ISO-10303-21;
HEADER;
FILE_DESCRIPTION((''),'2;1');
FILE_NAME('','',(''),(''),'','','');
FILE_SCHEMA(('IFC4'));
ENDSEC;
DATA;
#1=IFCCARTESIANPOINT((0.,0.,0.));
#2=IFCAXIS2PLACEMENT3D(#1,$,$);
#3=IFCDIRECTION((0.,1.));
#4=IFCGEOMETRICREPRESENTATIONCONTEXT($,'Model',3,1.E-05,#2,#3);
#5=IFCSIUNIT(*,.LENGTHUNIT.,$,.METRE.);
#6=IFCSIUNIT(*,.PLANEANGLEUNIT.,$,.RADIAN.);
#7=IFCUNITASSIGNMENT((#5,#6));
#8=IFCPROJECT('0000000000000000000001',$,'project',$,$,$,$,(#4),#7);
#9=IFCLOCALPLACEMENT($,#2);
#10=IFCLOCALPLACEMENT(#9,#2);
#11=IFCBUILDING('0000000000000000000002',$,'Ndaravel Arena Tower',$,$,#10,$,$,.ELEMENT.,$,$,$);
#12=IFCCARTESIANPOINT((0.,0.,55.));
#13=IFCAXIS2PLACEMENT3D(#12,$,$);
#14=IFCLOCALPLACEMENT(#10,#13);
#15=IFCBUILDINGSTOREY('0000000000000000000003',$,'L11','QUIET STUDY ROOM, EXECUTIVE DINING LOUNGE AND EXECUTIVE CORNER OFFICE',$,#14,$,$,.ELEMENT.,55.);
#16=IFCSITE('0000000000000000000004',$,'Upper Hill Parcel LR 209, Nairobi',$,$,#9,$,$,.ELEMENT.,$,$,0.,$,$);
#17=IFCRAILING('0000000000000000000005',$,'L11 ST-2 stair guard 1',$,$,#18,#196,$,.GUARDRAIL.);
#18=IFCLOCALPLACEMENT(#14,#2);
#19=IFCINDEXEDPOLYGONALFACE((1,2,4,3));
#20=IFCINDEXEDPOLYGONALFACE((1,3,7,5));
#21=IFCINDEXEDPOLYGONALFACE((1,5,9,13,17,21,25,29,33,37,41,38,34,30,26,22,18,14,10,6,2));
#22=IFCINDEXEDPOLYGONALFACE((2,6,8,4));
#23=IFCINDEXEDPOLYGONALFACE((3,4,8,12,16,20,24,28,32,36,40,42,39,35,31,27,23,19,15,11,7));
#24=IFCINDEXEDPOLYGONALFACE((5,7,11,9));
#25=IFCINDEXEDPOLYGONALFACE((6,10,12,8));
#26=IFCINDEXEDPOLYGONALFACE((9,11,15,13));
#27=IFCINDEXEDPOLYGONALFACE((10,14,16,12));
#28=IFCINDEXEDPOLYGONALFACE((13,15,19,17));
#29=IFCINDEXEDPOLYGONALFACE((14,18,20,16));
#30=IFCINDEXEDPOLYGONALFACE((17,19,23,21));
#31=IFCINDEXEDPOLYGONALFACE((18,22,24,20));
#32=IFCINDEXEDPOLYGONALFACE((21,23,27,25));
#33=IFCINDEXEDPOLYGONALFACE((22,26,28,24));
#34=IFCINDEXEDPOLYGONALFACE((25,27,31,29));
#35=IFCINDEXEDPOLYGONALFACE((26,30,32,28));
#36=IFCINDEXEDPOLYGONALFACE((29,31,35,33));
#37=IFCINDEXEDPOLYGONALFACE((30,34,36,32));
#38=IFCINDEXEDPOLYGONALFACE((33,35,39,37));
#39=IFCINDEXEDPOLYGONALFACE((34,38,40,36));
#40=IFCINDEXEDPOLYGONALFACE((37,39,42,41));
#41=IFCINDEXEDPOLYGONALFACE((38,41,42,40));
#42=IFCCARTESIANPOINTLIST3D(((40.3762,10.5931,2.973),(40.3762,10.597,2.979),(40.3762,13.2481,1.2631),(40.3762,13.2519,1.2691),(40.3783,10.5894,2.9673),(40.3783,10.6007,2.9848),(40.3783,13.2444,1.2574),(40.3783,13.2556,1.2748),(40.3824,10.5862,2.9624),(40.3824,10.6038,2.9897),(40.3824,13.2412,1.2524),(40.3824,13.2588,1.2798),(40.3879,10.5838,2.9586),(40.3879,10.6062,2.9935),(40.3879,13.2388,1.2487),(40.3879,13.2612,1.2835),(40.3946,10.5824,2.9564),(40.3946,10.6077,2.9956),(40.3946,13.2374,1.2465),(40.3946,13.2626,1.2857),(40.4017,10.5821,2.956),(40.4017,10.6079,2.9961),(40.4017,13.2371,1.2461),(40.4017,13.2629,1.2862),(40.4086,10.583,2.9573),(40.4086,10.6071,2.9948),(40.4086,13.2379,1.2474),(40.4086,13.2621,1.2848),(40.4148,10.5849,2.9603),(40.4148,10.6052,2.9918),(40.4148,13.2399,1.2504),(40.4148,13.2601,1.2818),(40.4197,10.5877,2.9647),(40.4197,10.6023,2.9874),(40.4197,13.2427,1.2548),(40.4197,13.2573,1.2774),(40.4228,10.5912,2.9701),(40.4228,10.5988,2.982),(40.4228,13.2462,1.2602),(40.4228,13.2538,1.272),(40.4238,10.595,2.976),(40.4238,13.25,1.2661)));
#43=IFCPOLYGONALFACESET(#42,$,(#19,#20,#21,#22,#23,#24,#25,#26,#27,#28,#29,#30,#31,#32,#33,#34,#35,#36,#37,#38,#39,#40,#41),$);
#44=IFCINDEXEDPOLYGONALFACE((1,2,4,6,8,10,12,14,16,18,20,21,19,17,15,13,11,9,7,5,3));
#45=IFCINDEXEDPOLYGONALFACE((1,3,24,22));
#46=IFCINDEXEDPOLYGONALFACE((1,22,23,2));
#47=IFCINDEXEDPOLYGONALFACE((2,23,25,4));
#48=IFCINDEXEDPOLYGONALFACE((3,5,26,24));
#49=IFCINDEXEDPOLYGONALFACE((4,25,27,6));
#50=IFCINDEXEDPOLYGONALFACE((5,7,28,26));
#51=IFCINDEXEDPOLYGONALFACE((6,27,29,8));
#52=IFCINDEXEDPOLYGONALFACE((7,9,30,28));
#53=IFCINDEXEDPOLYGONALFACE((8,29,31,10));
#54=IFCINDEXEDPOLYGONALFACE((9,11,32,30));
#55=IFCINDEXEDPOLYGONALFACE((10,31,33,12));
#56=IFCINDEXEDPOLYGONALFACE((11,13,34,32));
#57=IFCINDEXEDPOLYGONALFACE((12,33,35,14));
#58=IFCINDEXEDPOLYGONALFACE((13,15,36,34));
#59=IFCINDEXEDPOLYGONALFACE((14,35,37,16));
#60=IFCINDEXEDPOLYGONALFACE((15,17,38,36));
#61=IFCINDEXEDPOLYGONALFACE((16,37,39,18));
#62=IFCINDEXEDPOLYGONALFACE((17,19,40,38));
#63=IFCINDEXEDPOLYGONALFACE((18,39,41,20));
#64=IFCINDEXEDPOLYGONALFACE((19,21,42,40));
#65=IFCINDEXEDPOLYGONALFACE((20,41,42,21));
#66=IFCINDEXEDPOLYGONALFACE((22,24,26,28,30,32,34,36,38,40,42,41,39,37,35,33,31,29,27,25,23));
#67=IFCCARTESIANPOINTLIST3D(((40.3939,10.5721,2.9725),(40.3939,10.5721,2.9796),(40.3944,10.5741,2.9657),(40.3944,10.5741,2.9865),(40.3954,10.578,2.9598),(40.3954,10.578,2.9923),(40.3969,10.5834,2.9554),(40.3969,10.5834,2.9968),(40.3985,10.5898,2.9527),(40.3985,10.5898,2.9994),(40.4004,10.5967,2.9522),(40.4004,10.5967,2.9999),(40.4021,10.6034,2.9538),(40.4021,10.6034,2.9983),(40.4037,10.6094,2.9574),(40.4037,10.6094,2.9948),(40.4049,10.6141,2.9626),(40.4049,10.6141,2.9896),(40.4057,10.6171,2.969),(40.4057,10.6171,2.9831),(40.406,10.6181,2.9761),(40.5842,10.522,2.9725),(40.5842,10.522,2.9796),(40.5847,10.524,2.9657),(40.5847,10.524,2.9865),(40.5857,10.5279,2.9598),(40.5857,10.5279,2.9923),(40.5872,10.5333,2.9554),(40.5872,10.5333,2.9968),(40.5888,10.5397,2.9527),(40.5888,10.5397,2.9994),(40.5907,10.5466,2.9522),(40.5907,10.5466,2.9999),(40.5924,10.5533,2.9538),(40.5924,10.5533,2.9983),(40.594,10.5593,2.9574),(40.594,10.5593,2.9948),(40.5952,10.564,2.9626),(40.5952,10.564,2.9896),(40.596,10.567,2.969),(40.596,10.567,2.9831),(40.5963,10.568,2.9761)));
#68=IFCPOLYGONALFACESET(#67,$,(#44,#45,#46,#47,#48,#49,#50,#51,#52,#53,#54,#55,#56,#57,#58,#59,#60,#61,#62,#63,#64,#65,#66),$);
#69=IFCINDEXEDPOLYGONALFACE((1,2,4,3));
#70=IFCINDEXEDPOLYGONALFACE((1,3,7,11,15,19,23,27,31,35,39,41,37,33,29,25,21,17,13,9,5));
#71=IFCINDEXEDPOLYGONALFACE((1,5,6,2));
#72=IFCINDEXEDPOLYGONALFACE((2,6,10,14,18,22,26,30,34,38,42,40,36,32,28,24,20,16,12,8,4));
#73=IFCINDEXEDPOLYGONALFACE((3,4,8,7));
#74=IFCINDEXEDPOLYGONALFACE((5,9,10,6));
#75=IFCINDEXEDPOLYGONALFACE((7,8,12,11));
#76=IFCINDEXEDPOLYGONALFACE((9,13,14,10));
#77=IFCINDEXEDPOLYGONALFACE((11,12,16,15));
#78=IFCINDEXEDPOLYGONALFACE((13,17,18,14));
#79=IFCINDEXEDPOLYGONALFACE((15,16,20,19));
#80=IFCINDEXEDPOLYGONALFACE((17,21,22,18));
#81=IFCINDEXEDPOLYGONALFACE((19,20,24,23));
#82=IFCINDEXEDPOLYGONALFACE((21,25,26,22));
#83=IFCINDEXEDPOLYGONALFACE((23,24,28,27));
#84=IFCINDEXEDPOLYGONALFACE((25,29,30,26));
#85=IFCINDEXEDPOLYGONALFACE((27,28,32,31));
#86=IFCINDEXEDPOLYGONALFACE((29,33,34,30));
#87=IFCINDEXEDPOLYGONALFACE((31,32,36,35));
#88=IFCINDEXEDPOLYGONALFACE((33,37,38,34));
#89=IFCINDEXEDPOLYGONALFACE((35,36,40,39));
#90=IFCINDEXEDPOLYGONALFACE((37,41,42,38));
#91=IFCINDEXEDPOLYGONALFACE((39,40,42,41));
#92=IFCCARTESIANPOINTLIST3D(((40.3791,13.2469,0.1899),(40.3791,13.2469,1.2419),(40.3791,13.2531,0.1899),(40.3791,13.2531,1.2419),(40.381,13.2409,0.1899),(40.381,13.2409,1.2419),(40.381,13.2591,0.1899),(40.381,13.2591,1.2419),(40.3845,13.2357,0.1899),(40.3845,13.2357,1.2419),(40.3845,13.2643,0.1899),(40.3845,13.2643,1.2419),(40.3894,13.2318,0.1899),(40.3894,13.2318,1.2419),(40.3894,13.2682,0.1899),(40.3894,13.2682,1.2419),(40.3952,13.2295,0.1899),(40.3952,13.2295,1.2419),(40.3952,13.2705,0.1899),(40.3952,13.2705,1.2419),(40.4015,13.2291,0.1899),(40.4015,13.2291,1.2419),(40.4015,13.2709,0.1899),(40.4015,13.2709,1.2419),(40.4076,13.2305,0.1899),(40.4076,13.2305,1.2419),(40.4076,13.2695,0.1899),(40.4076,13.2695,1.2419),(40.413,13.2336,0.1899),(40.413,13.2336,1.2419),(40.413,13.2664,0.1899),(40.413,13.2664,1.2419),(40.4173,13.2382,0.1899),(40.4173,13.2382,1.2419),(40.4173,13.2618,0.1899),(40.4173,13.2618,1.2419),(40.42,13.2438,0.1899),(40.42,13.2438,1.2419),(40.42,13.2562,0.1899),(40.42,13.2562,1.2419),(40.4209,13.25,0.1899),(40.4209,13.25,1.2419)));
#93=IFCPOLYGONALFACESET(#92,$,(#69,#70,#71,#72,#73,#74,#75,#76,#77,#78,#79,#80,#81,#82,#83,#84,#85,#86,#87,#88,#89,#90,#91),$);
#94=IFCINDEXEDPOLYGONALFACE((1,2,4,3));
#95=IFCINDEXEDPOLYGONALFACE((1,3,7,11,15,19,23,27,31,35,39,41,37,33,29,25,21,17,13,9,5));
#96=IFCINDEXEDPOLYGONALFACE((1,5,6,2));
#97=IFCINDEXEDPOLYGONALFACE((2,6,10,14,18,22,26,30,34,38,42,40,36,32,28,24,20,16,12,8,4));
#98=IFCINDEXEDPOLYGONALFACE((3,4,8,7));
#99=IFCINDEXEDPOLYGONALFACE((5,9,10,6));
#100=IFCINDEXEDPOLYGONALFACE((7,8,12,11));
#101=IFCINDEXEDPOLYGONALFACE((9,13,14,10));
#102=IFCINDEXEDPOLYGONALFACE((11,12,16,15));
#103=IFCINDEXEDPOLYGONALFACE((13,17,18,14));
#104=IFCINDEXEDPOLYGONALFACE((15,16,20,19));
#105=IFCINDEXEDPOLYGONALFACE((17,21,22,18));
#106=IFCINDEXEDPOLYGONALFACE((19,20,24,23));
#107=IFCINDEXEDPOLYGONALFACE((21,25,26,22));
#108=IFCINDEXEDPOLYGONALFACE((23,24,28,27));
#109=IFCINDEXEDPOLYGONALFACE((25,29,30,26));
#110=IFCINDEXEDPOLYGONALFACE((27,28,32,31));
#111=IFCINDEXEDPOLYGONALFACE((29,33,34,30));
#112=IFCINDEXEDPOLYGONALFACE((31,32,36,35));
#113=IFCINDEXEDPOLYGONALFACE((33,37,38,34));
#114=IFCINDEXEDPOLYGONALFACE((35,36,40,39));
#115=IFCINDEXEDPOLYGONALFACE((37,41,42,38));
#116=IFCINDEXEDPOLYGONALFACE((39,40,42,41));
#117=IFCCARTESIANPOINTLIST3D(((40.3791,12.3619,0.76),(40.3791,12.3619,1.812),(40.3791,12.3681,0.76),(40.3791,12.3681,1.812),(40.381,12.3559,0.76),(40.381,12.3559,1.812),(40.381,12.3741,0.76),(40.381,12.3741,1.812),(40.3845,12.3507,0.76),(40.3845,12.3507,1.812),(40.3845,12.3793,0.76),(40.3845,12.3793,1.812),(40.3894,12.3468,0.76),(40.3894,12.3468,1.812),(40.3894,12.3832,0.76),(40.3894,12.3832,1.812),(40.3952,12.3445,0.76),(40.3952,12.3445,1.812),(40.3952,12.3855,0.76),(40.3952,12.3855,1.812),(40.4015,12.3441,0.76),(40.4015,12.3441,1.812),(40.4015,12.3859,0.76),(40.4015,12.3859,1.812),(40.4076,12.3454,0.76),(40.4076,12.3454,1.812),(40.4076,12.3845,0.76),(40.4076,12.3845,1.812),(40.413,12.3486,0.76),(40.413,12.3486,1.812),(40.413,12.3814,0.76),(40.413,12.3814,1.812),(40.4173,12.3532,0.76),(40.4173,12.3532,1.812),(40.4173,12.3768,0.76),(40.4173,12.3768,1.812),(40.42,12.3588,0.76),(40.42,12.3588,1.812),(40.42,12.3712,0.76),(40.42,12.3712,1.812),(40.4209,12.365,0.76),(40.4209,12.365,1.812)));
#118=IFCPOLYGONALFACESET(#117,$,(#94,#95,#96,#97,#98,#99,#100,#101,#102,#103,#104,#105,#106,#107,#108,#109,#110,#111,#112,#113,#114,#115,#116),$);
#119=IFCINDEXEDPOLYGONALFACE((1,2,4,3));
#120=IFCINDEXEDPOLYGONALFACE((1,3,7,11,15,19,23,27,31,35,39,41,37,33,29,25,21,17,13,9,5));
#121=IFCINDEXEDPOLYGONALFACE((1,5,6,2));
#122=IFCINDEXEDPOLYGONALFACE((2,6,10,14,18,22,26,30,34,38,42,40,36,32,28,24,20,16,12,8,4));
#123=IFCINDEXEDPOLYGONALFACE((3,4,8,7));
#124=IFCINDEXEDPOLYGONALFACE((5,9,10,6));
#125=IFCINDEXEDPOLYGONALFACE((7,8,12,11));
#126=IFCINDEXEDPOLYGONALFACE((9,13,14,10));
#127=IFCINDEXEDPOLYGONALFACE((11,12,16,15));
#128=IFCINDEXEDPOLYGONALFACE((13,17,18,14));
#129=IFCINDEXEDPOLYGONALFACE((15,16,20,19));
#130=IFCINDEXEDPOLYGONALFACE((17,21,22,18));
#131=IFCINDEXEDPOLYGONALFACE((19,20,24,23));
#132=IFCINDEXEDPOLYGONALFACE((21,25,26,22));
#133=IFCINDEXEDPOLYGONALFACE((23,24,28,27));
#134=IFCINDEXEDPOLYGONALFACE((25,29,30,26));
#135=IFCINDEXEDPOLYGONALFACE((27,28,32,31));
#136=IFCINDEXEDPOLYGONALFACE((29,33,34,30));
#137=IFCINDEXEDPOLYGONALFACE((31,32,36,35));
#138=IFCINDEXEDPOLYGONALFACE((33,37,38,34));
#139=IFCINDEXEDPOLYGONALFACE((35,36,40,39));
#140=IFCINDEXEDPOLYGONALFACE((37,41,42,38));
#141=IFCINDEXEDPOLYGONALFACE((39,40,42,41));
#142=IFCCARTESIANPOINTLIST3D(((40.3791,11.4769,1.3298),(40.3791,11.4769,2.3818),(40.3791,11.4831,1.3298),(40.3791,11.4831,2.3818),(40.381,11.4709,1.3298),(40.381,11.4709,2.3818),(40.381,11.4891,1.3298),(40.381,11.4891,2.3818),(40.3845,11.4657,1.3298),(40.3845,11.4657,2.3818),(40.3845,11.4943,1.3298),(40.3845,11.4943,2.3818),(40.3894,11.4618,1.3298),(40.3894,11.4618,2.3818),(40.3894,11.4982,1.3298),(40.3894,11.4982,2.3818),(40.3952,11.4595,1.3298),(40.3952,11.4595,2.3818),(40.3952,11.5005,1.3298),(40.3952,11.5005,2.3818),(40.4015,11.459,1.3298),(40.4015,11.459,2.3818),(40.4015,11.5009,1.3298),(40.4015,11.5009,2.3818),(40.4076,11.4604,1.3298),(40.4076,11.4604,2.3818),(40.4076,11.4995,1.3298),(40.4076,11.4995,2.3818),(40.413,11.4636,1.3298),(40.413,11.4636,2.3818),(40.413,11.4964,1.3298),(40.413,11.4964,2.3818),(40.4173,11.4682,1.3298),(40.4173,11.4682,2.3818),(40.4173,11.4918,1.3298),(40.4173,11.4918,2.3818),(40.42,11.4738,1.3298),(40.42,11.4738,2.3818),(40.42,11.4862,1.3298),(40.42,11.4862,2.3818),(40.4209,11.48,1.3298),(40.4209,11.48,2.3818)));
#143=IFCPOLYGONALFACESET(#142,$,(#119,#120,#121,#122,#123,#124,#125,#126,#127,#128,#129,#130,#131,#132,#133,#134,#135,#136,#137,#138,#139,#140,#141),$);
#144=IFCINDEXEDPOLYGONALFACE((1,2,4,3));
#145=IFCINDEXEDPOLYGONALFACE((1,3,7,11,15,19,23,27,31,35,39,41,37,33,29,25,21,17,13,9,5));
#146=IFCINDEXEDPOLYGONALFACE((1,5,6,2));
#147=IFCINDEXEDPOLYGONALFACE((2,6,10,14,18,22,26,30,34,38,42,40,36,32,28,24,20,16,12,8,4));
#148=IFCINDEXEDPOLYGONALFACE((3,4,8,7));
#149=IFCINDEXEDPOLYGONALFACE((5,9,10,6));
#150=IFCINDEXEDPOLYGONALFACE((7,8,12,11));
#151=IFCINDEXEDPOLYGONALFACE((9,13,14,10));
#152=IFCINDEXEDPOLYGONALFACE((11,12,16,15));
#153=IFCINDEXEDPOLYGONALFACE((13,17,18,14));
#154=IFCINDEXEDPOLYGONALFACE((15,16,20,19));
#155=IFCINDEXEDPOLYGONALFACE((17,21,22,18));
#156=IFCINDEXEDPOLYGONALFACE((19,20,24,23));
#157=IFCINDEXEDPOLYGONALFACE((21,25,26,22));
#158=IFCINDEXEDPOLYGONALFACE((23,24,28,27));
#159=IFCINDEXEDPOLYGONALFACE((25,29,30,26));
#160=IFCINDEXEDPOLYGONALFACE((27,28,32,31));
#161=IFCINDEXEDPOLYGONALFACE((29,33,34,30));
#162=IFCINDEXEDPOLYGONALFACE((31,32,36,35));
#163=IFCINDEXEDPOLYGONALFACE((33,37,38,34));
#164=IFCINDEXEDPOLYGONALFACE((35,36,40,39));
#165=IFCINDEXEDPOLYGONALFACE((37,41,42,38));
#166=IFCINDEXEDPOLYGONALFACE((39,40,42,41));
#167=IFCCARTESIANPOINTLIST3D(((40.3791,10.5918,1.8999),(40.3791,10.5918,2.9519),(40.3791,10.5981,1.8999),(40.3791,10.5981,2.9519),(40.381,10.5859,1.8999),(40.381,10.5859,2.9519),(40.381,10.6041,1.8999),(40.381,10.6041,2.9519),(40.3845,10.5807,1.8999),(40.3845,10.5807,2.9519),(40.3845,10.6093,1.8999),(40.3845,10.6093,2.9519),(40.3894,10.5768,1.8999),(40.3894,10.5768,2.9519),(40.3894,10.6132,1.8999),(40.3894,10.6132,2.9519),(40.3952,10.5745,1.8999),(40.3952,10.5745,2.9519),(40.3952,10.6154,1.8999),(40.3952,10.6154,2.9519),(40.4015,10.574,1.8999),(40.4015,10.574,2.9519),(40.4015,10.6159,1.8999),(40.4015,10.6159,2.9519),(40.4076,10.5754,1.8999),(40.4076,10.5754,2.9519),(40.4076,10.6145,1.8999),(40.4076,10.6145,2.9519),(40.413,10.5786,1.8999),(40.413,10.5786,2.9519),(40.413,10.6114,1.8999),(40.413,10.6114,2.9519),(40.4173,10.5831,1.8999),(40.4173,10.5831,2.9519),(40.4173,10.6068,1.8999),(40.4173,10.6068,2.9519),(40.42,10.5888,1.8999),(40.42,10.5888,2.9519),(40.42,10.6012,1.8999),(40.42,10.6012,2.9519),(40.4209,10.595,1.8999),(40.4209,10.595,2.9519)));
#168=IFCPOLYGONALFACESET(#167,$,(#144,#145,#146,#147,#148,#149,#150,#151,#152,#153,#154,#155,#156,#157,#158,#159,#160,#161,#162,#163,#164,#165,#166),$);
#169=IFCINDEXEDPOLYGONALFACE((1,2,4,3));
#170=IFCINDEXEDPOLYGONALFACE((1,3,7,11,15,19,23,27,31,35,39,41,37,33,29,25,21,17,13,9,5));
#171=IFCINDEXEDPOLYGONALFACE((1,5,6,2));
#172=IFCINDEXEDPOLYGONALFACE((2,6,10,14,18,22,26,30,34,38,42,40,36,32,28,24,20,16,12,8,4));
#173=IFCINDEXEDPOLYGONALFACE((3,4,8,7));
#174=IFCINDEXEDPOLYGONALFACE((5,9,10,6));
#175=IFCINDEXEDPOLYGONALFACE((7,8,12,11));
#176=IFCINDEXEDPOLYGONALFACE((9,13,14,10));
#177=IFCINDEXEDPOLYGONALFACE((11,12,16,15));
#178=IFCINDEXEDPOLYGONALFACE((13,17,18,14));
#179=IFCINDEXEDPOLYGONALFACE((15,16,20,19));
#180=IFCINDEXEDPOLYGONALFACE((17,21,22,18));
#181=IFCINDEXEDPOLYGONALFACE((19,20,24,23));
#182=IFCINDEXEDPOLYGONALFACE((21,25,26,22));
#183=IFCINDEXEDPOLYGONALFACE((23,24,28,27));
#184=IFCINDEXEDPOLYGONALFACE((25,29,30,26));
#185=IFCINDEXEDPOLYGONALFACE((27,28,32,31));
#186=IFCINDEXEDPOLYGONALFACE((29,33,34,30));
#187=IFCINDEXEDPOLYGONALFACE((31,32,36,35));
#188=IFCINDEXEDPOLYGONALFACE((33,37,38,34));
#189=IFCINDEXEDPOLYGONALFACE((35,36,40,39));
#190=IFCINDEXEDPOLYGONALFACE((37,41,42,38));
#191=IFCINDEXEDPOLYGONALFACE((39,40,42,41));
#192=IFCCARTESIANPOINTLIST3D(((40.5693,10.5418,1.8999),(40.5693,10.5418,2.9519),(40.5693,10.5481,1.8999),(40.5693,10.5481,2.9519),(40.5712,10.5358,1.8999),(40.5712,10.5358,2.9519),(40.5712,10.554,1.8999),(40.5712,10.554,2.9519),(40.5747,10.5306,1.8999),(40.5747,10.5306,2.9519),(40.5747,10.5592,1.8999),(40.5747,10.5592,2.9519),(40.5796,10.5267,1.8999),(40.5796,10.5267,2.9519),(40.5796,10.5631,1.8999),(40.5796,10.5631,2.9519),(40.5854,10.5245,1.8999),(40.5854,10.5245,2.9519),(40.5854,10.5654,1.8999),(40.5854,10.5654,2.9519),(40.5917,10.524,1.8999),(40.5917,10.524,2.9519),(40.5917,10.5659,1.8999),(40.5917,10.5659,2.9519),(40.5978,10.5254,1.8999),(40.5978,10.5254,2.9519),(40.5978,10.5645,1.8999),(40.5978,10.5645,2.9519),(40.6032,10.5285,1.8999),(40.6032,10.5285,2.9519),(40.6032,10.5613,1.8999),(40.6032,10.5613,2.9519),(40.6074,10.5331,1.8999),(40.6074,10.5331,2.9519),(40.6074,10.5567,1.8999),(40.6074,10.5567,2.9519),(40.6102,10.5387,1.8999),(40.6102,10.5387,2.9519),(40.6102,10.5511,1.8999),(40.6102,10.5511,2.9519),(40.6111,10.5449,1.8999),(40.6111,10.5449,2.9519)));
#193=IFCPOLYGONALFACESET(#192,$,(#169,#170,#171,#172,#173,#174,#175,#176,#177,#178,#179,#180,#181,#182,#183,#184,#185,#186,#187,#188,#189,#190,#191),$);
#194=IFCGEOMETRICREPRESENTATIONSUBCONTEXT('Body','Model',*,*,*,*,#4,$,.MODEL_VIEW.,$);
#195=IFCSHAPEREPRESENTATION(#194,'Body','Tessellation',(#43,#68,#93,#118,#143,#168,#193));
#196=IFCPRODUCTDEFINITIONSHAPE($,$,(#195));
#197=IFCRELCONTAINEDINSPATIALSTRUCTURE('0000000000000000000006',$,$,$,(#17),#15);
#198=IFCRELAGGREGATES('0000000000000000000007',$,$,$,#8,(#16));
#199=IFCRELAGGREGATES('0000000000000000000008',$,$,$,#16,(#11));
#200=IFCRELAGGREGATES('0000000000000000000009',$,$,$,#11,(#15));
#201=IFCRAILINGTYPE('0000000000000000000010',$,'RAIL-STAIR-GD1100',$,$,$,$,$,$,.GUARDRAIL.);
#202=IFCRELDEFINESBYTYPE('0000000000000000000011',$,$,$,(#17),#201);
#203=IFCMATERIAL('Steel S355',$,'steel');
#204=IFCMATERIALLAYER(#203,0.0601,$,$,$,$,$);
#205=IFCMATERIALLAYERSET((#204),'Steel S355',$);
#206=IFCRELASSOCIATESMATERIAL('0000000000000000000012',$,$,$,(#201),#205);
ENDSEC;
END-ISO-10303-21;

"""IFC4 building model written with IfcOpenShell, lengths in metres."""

from ifc_helpers import new_model, si_unit, direction, frame, origin, origin_2d, place, context, subcontext, project, spatial, circle, extrude, material, layer, layer_set, type_object, element, save


model = new_model("IFC4")

# Units and contexts
model_context = context("Model", 3, precision=1e-05, world=origin(), true_north=direction((0.0, 1.0)))
body_context = subcontext(model_context, "Body", "Model", "MODEL_VIEW")
ifc_project = project(units=[si_unit("LENGTHUNIT", "METRE"), si_unit("PLANEANGLEUNIT", "RADIAN")], contexts=[model_context])

# Site, building, storey
site_placement = place(None, origin())
site = spatial("IfcSite", under=ifc_project, at=site_placement, Name="Upper Hill Parcel LR 209, Nairobi", CompositionType="ELEMENT", RefElevation=0.0)
building_placement = place(site_placement, origin())
building = spatial("IfcBuilding", under=site, at=building_placement, Name="Ndaravel Arena Tower", CompositionType="ELEMENT")
storey_placement = place(building_placement, frame((0.0, 0.0, 55.0)))
storey = spatial("IfcBuildingStorey", under=building, at=storey_placement, Name="L11", Description="QUIET STUDY ROOM, EXECUTIVE DINING LOUNGE AND EXECUTIVE CORNER OFFICE", CompositionType="ELEMENT", Elevation=55.0)

# Railing
ifc_material_1 = material(Name="Steel S355", Category="steel")
ifc_layer_1 = layer(ifc_material_1, 0.0601)
ifc_layer_set_1 = layer_set([ifc_layer_1], Name="Steel S355")
railing_type_1 = type_object("IfcRailingType", Name="RAIL-STAIR-GD1100", PredefinedType="GUARDRAIL", material=ifc_layer_set_1)
railing_1_placement = place(storey_placement, frame((40.3999, 13.25, 0.1899)))
element("IfcRailing", 1, at=railing_1_placement, inside=storey, type_object=railing_type_1, Name="L11 ST-2 stair guard 1", PredefinedType="GUARDRAIL", context=body_context, shape_type="SweptSolid", body=[
    extrude(circle(Radius=0.0239, at=origin_2d()), frame((0.0, 0.0, 1.0762), z_axis=(0.0, -0.840724, 0.541465), x_axis=(1.0, 0.0, 0.0)), (0.0, 0.0, 1.0), 3.158),
    extrude(circle(Radius=0.0239, at=origin_2d()), frame((0.0, -2.655, 2.7861), z_axis=(0.967075, -0.254493, 0.0), x_axis=(0.254493, 0.967075, 0.0)), (0.0, 0.0, 1.0), 0.1968),
    extrude(circle(Radius=0.021, at=origin_2d()), origin(), (0.0, 0.0, 1.0), 1.052),
    extrude(circle(Radius=0.021, at=origin_2d()), frame((0.0, -0.885, 0.5701)), (0.0, 0.0, 1.0), 1.052),
    extrude(circle(Radius=0.021, at=origin_2d()), frame((0.0, -1.77, 1.1399)), (0.0, 0.0, 1.0), 1.052),
    extrude(circle(Radius=0.021, at=origin_2d()), frame((0.0, -2.655, 1.71)), (0.0, 0.0, 1.0), 1.052),
    extrude(circle(Radius=0.021, at=origin_2d()), frame((0.1902, -2.7051, 1.71)), (0.0, 0.0, 1.0), 1.052),
])

save(model, "model.ifc")
